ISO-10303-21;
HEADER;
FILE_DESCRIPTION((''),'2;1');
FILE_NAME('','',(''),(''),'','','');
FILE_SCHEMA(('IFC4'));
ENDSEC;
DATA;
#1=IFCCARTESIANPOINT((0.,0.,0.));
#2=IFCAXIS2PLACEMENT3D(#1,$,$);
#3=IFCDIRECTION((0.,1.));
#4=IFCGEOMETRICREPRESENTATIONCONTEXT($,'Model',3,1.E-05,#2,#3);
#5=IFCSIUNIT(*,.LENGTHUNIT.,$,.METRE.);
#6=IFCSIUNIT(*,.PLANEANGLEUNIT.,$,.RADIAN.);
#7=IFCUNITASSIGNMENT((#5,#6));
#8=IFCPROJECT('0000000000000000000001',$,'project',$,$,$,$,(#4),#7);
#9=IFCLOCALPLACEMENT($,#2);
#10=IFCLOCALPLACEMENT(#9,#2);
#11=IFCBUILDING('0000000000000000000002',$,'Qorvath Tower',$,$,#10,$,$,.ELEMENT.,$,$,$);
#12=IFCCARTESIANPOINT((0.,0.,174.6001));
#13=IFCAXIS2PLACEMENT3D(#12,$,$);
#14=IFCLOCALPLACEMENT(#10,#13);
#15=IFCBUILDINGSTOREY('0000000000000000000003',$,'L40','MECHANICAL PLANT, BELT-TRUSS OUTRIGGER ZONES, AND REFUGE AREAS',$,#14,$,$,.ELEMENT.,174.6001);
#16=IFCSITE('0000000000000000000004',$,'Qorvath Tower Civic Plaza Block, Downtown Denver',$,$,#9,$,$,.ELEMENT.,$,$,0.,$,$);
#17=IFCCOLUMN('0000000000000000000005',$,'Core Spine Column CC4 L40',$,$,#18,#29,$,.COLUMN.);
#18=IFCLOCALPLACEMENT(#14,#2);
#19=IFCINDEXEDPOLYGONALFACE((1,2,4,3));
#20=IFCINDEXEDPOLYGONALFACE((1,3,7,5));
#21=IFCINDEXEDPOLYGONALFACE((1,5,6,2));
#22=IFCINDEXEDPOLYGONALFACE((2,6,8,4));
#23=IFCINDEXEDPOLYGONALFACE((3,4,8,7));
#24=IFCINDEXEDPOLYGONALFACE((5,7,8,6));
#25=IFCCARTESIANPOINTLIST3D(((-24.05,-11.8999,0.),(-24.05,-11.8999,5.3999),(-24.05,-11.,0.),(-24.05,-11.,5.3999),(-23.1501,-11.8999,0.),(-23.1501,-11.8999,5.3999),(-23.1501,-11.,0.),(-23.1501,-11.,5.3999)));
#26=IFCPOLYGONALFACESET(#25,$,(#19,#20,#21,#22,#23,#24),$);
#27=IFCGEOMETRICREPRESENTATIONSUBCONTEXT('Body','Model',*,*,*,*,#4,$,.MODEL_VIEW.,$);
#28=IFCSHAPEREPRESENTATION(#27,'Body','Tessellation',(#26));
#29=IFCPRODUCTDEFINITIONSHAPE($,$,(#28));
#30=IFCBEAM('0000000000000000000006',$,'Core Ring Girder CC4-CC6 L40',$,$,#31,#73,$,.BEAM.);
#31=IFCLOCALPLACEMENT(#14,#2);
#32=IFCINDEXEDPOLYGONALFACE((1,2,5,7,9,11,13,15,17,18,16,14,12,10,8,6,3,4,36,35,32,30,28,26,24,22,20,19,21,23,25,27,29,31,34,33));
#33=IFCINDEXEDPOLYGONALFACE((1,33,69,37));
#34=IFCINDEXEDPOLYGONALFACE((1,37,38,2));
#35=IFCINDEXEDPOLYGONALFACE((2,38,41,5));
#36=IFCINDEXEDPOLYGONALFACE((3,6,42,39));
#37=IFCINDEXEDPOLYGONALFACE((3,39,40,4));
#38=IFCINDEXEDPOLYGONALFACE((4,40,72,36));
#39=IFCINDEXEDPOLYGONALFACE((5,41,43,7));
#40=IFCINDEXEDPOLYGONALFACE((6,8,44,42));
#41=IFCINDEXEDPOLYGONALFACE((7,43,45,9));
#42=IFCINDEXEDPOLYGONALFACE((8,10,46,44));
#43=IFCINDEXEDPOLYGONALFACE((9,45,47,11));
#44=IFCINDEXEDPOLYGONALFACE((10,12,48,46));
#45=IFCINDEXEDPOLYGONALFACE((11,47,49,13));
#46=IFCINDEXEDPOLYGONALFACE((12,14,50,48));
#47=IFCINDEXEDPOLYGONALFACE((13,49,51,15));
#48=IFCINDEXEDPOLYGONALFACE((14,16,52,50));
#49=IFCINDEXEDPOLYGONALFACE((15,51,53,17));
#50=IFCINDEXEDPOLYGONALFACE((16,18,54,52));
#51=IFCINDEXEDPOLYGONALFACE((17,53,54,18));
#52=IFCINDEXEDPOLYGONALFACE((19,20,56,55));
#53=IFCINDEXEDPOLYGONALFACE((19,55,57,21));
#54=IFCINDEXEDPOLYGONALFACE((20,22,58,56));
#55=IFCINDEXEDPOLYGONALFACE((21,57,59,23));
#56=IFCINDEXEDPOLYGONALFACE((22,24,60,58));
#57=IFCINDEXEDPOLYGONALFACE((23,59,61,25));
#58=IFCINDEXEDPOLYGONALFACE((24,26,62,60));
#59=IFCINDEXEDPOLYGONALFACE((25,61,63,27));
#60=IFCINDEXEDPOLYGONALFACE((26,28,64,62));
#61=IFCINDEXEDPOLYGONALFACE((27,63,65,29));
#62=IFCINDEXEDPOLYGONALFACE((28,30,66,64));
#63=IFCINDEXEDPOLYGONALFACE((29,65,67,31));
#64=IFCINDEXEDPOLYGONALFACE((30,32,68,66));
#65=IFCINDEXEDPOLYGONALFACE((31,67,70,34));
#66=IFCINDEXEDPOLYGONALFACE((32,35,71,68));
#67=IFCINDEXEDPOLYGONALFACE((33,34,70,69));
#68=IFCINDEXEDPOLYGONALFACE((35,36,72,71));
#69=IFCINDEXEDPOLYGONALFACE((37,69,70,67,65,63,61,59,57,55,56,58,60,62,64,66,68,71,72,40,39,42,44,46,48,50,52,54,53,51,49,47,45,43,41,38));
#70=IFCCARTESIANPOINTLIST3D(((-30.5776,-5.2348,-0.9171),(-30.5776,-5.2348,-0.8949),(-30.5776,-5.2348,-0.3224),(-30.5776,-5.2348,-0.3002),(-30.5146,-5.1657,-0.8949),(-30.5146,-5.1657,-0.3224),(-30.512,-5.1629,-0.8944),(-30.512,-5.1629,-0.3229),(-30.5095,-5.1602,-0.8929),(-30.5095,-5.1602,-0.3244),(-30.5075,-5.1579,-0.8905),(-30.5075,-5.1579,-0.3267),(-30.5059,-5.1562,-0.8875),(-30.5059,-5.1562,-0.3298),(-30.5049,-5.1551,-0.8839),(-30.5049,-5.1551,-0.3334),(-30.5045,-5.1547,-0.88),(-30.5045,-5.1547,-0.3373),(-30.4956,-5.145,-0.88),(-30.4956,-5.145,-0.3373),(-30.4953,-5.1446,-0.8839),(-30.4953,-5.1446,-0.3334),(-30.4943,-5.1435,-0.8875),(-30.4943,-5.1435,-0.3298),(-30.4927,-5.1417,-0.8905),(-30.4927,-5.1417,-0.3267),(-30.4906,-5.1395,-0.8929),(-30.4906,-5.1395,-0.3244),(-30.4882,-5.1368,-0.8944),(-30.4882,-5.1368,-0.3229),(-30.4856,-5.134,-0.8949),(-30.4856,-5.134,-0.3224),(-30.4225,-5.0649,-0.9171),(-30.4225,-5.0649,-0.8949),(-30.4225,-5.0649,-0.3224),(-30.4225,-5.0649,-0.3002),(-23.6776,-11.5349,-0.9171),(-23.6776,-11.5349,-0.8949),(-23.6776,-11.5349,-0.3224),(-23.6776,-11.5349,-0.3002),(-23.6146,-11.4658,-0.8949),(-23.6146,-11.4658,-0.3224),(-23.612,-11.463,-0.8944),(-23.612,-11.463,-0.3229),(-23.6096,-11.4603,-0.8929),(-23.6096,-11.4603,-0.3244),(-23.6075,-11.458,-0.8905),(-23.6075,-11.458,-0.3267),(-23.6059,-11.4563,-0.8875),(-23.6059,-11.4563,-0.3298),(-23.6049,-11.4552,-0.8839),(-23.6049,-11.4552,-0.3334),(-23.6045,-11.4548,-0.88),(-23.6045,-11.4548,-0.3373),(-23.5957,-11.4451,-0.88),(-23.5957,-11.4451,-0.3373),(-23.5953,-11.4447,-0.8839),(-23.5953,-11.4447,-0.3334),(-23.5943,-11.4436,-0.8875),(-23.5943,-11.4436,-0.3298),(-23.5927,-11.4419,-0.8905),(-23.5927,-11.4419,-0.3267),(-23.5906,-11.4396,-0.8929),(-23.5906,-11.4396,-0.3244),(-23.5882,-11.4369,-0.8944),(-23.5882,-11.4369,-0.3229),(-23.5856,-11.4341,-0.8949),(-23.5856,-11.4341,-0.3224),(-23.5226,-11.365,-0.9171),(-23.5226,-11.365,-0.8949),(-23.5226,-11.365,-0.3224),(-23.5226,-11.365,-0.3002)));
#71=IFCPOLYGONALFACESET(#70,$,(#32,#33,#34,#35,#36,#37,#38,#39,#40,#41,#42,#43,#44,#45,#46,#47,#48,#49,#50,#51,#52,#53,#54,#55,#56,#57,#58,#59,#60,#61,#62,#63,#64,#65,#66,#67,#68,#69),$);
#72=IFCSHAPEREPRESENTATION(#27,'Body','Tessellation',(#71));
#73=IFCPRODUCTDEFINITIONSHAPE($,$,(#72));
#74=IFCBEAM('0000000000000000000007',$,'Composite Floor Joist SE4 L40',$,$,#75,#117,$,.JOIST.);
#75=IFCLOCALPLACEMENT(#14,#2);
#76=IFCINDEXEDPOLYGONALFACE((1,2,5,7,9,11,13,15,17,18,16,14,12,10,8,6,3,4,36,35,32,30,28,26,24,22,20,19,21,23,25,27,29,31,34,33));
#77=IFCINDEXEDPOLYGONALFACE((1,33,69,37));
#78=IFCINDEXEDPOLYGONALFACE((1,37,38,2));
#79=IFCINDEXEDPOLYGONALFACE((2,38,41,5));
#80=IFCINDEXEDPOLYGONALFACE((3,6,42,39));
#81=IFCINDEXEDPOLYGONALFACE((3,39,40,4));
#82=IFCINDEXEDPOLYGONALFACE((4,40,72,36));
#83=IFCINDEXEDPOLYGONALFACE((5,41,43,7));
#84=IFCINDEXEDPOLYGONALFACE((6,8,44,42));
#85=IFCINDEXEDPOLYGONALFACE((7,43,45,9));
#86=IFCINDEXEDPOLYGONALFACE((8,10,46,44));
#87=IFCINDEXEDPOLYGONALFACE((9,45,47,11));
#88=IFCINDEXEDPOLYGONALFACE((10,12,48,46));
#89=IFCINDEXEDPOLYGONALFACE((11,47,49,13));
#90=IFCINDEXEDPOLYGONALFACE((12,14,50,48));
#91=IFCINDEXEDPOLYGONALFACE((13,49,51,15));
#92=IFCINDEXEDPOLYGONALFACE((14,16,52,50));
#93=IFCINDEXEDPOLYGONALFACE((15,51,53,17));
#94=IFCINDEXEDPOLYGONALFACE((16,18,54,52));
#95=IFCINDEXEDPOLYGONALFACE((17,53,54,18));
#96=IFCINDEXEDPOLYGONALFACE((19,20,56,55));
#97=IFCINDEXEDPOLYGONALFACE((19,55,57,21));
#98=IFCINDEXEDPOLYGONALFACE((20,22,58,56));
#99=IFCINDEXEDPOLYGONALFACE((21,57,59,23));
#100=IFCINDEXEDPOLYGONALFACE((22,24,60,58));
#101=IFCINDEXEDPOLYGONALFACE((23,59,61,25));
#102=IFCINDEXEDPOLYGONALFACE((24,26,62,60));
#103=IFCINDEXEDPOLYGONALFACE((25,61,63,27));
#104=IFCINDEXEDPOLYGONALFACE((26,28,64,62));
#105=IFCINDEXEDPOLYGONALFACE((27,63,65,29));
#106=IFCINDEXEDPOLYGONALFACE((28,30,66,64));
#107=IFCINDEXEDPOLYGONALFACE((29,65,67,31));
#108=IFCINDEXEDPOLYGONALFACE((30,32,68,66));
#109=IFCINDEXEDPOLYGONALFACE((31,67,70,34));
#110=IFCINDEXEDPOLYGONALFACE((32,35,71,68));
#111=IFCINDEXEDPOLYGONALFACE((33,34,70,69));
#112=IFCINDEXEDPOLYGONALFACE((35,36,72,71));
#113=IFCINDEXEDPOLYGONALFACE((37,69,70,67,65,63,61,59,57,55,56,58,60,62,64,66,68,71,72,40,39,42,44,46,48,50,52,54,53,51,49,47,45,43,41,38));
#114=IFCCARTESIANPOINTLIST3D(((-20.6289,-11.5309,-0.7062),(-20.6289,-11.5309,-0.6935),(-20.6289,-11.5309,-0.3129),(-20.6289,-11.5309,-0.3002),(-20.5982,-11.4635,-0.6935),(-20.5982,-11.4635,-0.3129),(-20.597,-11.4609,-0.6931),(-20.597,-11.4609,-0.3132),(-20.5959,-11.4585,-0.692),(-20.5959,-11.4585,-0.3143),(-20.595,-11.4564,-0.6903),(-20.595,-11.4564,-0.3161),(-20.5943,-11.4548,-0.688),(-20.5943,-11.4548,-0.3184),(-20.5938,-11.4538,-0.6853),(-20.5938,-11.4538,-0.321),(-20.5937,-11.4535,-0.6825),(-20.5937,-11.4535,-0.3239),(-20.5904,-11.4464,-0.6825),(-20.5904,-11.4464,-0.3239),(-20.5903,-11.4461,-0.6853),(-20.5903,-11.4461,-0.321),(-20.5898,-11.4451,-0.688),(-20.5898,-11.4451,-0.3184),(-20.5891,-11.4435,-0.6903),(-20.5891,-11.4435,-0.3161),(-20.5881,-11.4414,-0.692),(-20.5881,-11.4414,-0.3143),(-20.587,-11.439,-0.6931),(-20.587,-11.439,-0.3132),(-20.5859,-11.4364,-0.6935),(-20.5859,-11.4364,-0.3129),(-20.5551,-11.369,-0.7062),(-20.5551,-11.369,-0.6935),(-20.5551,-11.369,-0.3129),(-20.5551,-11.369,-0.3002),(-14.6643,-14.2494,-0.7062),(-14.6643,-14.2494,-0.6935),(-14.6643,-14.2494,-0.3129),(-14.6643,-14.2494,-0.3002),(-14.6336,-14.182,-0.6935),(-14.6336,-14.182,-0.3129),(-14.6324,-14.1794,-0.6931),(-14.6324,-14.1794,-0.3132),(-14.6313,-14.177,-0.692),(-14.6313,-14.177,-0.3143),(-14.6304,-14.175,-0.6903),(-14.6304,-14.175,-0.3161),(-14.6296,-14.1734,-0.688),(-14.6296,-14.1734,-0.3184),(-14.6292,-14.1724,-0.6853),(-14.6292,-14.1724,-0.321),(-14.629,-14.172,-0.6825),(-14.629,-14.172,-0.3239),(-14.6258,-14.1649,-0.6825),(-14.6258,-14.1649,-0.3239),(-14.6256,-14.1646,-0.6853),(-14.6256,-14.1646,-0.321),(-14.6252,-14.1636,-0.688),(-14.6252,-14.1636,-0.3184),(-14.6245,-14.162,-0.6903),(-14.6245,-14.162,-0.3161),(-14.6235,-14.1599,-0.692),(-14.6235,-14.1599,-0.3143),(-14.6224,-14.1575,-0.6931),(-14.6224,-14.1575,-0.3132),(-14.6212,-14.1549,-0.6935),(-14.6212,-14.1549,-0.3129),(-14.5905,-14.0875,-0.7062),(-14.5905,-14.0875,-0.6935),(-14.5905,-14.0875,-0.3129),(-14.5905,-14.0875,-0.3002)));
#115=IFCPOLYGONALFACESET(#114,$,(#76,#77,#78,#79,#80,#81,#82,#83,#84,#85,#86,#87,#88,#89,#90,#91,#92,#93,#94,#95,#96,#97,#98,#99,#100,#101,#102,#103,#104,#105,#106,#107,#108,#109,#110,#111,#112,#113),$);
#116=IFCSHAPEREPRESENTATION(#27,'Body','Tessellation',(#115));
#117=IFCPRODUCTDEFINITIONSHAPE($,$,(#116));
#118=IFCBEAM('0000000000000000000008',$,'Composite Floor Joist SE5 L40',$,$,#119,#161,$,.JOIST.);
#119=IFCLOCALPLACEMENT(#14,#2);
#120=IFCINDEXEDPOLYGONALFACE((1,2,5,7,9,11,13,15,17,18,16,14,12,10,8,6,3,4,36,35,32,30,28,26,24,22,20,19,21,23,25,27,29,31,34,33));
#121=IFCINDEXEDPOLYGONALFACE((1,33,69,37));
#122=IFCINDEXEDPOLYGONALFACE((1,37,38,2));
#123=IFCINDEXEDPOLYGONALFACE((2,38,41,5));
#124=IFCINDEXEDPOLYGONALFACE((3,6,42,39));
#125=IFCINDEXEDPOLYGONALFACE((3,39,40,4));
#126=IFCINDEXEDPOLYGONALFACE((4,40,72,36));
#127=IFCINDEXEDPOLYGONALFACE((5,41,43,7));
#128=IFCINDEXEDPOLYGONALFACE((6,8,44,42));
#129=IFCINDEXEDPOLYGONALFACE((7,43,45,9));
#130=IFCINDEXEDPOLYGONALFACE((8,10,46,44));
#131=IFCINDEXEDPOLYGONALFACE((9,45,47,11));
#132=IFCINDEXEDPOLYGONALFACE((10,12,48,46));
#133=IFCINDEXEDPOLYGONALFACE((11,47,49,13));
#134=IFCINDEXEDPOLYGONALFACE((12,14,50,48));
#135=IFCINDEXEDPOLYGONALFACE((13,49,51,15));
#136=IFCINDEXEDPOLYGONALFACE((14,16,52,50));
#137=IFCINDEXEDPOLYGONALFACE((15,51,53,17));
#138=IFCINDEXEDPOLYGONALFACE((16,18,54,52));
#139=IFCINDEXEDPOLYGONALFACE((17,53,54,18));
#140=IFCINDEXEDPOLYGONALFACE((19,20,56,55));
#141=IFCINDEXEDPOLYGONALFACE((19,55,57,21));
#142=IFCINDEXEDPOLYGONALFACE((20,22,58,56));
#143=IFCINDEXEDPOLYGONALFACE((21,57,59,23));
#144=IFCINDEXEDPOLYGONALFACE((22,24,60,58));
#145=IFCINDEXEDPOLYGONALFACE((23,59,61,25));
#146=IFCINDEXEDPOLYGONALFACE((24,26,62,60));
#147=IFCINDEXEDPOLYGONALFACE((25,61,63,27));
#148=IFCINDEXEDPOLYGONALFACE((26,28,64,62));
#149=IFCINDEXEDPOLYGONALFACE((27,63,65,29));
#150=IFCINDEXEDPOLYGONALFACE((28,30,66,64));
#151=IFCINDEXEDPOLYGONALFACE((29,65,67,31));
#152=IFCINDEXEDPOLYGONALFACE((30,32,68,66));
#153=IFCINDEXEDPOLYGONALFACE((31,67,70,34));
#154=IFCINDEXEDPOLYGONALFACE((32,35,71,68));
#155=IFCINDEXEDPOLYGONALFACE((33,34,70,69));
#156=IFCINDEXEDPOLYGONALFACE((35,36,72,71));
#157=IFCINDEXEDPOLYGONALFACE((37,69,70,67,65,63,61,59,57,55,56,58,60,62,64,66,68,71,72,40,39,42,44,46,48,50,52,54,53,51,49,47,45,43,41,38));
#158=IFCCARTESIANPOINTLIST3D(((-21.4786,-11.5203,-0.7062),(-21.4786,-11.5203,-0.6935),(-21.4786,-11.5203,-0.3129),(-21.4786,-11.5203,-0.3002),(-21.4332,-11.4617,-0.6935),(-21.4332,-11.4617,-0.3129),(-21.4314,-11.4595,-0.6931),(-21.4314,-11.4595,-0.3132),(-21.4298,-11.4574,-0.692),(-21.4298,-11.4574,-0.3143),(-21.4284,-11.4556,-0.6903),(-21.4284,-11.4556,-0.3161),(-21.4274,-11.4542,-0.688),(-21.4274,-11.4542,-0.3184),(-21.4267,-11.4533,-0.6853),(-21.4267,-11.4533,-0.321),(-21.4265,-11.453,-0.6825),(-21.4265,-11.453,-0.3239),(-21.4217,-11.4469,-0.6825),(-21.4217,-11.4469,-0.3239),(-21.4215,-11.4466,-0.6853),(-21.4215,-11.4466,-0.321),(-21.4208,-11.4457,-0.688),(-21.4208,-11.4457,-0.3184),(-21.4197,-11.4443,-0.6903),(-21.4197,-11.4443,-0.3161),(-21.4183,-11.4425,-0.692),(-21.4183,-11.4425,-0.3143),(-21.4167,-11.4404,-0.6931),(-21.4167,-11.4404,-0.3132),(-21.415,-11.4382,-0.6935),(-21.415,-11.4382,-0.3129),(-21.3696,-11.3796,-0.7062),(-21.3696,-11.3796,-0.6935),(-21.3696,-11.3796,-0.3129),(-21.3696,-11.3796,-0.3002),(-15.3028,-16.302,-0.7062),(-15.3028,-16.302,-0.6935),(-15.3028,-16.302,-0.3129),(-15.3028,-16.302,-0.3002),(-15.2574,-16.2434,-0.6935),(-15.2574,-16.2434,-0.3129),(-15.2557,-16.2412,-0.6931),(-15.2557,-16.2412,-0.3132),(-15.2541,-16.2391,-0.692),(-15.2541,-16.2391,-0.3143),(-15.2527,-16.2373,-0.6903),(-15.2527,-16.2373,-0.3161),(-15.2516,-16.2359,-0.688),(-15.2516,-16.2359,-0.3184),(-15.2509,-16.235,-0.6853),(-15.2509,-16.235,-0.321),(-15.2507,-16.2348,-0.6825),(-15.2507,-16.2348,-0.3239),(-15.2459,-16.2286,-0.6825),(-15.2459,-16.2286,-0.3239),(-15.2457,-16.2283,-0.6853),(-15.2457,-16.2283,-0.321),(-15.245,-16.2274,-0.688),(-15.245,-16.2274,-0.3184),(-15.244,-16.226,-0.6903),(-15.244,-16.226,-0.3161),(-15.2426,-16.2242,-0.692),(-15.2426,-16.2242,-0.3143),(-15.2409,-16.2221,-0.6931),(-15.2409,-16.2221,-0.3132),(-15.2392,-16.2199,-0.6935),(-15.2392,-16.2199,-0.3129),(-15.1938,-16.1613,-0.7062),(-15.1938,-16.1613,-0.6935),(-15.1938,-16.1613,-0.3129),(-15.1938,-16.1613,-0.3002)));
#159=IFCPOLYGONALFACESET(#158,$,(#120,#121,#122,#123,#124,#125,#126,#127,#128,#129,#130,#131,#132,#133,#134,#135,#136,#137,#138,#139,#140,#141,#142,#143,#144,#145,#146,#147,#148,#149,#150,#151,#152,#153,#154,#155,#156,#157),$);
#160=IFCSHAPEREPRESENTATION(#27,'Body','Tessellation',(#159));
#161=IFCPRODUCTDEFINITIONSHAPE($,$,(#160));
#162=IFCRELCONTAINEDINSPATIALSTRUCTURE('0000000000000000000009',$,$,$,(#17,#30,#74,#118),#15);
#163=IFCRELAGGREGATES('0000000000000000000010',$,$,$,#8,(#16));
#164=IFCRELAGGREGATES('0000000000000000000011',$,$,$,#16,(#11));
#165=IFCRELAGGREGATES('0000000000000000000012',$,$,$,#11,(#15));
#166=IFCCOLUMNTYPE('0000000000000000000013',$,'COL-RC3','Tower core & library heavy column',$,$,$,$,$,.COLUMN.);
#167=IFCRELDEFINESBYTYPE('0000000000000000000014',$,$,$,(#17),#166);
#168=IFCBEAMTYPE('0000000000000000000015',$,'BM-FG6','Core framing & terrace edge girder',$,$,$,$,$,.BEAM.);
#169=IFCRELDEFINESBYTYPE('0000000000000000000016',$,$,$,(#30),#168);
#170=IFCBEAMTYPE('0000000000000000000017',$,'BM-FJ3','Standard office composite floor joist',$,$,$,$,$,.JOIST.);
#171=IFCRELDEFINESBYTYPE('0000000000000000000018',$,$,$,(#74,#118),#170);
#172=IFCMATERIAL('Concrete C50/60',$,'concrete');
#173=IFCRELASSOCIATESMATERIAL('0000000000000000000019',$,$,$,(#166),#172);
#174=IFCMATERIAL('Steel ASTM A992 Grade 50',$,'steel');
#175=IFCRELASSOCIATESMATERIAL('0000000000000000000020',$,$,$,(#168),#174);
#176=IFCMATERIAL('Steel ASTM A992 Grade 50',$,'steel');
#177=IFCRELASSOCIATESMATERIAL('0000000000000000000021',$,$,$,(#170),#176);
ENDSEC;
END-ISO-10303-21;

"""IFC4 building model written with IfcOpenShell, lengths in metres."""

from ifc_helpers import new_model, si_unit, direction, frame, origin, origin_2d, place, context, subcontext, project, spatial, rectangle, i_section, extrude, material, material_profile, profile_set, type_object, element, save


model = new_model("IFC4")

# Units and contexts
model_context = context("Model", 3, precision=1e-05, world=origin(), true_north=direction((0.0, 1.0)))
body_context = subcontext(model_context, "Body", "Model", "MODEL_VIEW")
ifc_project = project(units=[si_unit("LENGTHUNIT", "METRE"), si_unit("PLANEANGLEUNIT", "RADIAN")], contexts=[model_context])

# Site, building, storey
site_placement = place(None, origin())
site = spatial("IfcSite", under=ifc_project, at=site_placement, Name="Qorvath Tower Civic Plaza Block, Downtown Denver", CompositionType="ELEMENT", RefElevation=0.0)
building_placement = place(site_placement, origin())
building = spatial("IfcBuilding", under=site, at=building_placement, Name="Qorvath Tower", CompositionType="ELEMENT")
storey_placement = place(building_placement, frame((0.0, 0.0, 174.6001)))
storey = spatial("IfcBuildingStorey", under=building, at=storey_placement, Name="L40", Description="MECHANICAL PLANT, BELT-TRUSS OUTRIGGER ZONES, AND REFUGE AREAS", CompositionType="ELEMENT", Elevation=174.6001)

# Column
ifc_material_1 = material(Name="Concrete C50/60", Category="concrete")
ifc_material_profile_1 = material_profile(ifc_material_1, rectangle(XDim=0.8999, YDim=0.8999, at=origin_2d()), Name="RC 900x900")
ifc_profile_set_1 = profile_set([ifc_material_profile_1], Name="Concrete C50/60")
column_type = type_object("IfcColumnType", Name="COL-RC3", Description="Tower core & library heavy column", PredefinedType="COLUMN", material=ifc_profile_set_1)
column_placement = place(storey_placement, frame((-23.6001, -11.45, 0.0), z_axis=(0.0, 0.0, 1.0), x_axis=(1.0, 0.0, 0.0)))
element("IfcColumn", 1, at=column_placement, inside=storey, type_object=column_type, Name="Core Spine Column CC4 L40", PredefinedType="COLUMN", context=body_context, shape_type="SweptSolid", body=[
    extrude(rectangle(XDim=0.8999, YDim=0.8999, at=origin_2d()), origin(), (0.0, 0.0, 1.0), 5.3999),
])

# Beams
ifc_material_2 = material(Name="Steel ASTM A992 Grade 50", Category="steel")
ifc_material_profile_2 = material_profile(ifc_material_2, i_section(OverallWidth=0.23, OverallDepth=0.6169, WebThickness=0.0132, FlangeThickness=0.0222, FilletRadius=0.0149, at=origin_2d()), Name="W24x94")
ifc_profile_set_2 = profile_set([ifc_material_profile_2], Name="Steel ASTM A992 Grade 50")
beam_type_1 = type_object("IfcBeamType", Name="BM-FG6", Description="Core framing & terrace edge girder", PredefinedType="BEAM", material=ifc_profile_set_2)
beam_1_placement = place(storey_placement, frame((-23.6001, -11.45, -0.6086), z_axis=(-0.738478, 0.674277, 0.0), x_axis=(-0.674277, -0.738478, 0.0)))
element("IfcBeam", 2, at=beam_1_placement, inside=storey, type_object=beam_type_1, Name="Core Ring Girder CC4-CC6 L40", PredefinedType="BEAM", context=body_context, shape_type="SweptSolid", body=[
    extrude(i_section(OverallWidth=0.23, OverallDepth=0.6169, WebThickness=0.0132, FlangeThickness=0.0222, FilletRadius=0.0149, at=origin_2d()), origin(), (0.0, 0.0, 1.0), 9.3435),
])
ifc_material_3 = material(Name="Steel ASTM A992 Grade 50", Category="steel")
ifc_material_profile_3 = material_profile(ifc_material_3, i_section(OverallWidth=0.178, OverallDepth=0.406, WebThickness=0.0078, FlangeThickness=0.0127, FilletRadius=0.011, at=origin_2d()), Name="W16x40")
ifc_profile_set_3 = profile_set([ifc_material_profile_3], Name="Steel ASTM A992 Grade 50")
beam_type_2 = type_object("IfcBeamType", Name="BM-FJ3", Description="Standard office composite floor joist", PredefinedType="JOIST", material=ifc_profile_set_3)
beam_2_placement = place(storey_placement, frame((-20.592, -11.45, -0.5032), z_axis=(0.909945, -0.414729, 0.0), x_axis=(0.414729, 0.909945, 0.0)))
element("IfcBeam", 3, at=beam_2_placement, inside=storey, type_object=beam_type_2, Name="Composite Floor Joist SE4 L40", PredefinedType="JOIST", context=body_context, shape_type="SweptSolid", body=[
    extrude(i_section(OverallWidth=0.178, OverallDepth=0.406, WebThickness=0.0078, FlangeThickness=0.0127, FilletRadius=0.011, at=origin_2d()), origin(), (0.0, 0.0, 1.0), 6.5549),
])
beam_3_placement = place(storey_placement, frame((-21.4241, -11.45, -0.5032), z_axis=(0.790693, -0.612212, 0.0), x_axis=(0.612212, 0.790693, 0.0)))
element("IfcBeam", 4, at=beam_3_placement, inside=storey, type_object=beam_type_2, Name="Composite Floor Joist SE5 L40", PredefinedType="JOIST", context=body_context, shape_type="SweptSolid", body=[
    extrude(i_section(OverallWidth=0.178, OverallDepth=0.406, WebThickness=0.0078, FlangeThickness=0.0127, FilletRadius=0.011, at=origin_2d()), origin(), (0.0, 0.0, 1.0), 7.8105),
])

save(model, "model.ifc")
